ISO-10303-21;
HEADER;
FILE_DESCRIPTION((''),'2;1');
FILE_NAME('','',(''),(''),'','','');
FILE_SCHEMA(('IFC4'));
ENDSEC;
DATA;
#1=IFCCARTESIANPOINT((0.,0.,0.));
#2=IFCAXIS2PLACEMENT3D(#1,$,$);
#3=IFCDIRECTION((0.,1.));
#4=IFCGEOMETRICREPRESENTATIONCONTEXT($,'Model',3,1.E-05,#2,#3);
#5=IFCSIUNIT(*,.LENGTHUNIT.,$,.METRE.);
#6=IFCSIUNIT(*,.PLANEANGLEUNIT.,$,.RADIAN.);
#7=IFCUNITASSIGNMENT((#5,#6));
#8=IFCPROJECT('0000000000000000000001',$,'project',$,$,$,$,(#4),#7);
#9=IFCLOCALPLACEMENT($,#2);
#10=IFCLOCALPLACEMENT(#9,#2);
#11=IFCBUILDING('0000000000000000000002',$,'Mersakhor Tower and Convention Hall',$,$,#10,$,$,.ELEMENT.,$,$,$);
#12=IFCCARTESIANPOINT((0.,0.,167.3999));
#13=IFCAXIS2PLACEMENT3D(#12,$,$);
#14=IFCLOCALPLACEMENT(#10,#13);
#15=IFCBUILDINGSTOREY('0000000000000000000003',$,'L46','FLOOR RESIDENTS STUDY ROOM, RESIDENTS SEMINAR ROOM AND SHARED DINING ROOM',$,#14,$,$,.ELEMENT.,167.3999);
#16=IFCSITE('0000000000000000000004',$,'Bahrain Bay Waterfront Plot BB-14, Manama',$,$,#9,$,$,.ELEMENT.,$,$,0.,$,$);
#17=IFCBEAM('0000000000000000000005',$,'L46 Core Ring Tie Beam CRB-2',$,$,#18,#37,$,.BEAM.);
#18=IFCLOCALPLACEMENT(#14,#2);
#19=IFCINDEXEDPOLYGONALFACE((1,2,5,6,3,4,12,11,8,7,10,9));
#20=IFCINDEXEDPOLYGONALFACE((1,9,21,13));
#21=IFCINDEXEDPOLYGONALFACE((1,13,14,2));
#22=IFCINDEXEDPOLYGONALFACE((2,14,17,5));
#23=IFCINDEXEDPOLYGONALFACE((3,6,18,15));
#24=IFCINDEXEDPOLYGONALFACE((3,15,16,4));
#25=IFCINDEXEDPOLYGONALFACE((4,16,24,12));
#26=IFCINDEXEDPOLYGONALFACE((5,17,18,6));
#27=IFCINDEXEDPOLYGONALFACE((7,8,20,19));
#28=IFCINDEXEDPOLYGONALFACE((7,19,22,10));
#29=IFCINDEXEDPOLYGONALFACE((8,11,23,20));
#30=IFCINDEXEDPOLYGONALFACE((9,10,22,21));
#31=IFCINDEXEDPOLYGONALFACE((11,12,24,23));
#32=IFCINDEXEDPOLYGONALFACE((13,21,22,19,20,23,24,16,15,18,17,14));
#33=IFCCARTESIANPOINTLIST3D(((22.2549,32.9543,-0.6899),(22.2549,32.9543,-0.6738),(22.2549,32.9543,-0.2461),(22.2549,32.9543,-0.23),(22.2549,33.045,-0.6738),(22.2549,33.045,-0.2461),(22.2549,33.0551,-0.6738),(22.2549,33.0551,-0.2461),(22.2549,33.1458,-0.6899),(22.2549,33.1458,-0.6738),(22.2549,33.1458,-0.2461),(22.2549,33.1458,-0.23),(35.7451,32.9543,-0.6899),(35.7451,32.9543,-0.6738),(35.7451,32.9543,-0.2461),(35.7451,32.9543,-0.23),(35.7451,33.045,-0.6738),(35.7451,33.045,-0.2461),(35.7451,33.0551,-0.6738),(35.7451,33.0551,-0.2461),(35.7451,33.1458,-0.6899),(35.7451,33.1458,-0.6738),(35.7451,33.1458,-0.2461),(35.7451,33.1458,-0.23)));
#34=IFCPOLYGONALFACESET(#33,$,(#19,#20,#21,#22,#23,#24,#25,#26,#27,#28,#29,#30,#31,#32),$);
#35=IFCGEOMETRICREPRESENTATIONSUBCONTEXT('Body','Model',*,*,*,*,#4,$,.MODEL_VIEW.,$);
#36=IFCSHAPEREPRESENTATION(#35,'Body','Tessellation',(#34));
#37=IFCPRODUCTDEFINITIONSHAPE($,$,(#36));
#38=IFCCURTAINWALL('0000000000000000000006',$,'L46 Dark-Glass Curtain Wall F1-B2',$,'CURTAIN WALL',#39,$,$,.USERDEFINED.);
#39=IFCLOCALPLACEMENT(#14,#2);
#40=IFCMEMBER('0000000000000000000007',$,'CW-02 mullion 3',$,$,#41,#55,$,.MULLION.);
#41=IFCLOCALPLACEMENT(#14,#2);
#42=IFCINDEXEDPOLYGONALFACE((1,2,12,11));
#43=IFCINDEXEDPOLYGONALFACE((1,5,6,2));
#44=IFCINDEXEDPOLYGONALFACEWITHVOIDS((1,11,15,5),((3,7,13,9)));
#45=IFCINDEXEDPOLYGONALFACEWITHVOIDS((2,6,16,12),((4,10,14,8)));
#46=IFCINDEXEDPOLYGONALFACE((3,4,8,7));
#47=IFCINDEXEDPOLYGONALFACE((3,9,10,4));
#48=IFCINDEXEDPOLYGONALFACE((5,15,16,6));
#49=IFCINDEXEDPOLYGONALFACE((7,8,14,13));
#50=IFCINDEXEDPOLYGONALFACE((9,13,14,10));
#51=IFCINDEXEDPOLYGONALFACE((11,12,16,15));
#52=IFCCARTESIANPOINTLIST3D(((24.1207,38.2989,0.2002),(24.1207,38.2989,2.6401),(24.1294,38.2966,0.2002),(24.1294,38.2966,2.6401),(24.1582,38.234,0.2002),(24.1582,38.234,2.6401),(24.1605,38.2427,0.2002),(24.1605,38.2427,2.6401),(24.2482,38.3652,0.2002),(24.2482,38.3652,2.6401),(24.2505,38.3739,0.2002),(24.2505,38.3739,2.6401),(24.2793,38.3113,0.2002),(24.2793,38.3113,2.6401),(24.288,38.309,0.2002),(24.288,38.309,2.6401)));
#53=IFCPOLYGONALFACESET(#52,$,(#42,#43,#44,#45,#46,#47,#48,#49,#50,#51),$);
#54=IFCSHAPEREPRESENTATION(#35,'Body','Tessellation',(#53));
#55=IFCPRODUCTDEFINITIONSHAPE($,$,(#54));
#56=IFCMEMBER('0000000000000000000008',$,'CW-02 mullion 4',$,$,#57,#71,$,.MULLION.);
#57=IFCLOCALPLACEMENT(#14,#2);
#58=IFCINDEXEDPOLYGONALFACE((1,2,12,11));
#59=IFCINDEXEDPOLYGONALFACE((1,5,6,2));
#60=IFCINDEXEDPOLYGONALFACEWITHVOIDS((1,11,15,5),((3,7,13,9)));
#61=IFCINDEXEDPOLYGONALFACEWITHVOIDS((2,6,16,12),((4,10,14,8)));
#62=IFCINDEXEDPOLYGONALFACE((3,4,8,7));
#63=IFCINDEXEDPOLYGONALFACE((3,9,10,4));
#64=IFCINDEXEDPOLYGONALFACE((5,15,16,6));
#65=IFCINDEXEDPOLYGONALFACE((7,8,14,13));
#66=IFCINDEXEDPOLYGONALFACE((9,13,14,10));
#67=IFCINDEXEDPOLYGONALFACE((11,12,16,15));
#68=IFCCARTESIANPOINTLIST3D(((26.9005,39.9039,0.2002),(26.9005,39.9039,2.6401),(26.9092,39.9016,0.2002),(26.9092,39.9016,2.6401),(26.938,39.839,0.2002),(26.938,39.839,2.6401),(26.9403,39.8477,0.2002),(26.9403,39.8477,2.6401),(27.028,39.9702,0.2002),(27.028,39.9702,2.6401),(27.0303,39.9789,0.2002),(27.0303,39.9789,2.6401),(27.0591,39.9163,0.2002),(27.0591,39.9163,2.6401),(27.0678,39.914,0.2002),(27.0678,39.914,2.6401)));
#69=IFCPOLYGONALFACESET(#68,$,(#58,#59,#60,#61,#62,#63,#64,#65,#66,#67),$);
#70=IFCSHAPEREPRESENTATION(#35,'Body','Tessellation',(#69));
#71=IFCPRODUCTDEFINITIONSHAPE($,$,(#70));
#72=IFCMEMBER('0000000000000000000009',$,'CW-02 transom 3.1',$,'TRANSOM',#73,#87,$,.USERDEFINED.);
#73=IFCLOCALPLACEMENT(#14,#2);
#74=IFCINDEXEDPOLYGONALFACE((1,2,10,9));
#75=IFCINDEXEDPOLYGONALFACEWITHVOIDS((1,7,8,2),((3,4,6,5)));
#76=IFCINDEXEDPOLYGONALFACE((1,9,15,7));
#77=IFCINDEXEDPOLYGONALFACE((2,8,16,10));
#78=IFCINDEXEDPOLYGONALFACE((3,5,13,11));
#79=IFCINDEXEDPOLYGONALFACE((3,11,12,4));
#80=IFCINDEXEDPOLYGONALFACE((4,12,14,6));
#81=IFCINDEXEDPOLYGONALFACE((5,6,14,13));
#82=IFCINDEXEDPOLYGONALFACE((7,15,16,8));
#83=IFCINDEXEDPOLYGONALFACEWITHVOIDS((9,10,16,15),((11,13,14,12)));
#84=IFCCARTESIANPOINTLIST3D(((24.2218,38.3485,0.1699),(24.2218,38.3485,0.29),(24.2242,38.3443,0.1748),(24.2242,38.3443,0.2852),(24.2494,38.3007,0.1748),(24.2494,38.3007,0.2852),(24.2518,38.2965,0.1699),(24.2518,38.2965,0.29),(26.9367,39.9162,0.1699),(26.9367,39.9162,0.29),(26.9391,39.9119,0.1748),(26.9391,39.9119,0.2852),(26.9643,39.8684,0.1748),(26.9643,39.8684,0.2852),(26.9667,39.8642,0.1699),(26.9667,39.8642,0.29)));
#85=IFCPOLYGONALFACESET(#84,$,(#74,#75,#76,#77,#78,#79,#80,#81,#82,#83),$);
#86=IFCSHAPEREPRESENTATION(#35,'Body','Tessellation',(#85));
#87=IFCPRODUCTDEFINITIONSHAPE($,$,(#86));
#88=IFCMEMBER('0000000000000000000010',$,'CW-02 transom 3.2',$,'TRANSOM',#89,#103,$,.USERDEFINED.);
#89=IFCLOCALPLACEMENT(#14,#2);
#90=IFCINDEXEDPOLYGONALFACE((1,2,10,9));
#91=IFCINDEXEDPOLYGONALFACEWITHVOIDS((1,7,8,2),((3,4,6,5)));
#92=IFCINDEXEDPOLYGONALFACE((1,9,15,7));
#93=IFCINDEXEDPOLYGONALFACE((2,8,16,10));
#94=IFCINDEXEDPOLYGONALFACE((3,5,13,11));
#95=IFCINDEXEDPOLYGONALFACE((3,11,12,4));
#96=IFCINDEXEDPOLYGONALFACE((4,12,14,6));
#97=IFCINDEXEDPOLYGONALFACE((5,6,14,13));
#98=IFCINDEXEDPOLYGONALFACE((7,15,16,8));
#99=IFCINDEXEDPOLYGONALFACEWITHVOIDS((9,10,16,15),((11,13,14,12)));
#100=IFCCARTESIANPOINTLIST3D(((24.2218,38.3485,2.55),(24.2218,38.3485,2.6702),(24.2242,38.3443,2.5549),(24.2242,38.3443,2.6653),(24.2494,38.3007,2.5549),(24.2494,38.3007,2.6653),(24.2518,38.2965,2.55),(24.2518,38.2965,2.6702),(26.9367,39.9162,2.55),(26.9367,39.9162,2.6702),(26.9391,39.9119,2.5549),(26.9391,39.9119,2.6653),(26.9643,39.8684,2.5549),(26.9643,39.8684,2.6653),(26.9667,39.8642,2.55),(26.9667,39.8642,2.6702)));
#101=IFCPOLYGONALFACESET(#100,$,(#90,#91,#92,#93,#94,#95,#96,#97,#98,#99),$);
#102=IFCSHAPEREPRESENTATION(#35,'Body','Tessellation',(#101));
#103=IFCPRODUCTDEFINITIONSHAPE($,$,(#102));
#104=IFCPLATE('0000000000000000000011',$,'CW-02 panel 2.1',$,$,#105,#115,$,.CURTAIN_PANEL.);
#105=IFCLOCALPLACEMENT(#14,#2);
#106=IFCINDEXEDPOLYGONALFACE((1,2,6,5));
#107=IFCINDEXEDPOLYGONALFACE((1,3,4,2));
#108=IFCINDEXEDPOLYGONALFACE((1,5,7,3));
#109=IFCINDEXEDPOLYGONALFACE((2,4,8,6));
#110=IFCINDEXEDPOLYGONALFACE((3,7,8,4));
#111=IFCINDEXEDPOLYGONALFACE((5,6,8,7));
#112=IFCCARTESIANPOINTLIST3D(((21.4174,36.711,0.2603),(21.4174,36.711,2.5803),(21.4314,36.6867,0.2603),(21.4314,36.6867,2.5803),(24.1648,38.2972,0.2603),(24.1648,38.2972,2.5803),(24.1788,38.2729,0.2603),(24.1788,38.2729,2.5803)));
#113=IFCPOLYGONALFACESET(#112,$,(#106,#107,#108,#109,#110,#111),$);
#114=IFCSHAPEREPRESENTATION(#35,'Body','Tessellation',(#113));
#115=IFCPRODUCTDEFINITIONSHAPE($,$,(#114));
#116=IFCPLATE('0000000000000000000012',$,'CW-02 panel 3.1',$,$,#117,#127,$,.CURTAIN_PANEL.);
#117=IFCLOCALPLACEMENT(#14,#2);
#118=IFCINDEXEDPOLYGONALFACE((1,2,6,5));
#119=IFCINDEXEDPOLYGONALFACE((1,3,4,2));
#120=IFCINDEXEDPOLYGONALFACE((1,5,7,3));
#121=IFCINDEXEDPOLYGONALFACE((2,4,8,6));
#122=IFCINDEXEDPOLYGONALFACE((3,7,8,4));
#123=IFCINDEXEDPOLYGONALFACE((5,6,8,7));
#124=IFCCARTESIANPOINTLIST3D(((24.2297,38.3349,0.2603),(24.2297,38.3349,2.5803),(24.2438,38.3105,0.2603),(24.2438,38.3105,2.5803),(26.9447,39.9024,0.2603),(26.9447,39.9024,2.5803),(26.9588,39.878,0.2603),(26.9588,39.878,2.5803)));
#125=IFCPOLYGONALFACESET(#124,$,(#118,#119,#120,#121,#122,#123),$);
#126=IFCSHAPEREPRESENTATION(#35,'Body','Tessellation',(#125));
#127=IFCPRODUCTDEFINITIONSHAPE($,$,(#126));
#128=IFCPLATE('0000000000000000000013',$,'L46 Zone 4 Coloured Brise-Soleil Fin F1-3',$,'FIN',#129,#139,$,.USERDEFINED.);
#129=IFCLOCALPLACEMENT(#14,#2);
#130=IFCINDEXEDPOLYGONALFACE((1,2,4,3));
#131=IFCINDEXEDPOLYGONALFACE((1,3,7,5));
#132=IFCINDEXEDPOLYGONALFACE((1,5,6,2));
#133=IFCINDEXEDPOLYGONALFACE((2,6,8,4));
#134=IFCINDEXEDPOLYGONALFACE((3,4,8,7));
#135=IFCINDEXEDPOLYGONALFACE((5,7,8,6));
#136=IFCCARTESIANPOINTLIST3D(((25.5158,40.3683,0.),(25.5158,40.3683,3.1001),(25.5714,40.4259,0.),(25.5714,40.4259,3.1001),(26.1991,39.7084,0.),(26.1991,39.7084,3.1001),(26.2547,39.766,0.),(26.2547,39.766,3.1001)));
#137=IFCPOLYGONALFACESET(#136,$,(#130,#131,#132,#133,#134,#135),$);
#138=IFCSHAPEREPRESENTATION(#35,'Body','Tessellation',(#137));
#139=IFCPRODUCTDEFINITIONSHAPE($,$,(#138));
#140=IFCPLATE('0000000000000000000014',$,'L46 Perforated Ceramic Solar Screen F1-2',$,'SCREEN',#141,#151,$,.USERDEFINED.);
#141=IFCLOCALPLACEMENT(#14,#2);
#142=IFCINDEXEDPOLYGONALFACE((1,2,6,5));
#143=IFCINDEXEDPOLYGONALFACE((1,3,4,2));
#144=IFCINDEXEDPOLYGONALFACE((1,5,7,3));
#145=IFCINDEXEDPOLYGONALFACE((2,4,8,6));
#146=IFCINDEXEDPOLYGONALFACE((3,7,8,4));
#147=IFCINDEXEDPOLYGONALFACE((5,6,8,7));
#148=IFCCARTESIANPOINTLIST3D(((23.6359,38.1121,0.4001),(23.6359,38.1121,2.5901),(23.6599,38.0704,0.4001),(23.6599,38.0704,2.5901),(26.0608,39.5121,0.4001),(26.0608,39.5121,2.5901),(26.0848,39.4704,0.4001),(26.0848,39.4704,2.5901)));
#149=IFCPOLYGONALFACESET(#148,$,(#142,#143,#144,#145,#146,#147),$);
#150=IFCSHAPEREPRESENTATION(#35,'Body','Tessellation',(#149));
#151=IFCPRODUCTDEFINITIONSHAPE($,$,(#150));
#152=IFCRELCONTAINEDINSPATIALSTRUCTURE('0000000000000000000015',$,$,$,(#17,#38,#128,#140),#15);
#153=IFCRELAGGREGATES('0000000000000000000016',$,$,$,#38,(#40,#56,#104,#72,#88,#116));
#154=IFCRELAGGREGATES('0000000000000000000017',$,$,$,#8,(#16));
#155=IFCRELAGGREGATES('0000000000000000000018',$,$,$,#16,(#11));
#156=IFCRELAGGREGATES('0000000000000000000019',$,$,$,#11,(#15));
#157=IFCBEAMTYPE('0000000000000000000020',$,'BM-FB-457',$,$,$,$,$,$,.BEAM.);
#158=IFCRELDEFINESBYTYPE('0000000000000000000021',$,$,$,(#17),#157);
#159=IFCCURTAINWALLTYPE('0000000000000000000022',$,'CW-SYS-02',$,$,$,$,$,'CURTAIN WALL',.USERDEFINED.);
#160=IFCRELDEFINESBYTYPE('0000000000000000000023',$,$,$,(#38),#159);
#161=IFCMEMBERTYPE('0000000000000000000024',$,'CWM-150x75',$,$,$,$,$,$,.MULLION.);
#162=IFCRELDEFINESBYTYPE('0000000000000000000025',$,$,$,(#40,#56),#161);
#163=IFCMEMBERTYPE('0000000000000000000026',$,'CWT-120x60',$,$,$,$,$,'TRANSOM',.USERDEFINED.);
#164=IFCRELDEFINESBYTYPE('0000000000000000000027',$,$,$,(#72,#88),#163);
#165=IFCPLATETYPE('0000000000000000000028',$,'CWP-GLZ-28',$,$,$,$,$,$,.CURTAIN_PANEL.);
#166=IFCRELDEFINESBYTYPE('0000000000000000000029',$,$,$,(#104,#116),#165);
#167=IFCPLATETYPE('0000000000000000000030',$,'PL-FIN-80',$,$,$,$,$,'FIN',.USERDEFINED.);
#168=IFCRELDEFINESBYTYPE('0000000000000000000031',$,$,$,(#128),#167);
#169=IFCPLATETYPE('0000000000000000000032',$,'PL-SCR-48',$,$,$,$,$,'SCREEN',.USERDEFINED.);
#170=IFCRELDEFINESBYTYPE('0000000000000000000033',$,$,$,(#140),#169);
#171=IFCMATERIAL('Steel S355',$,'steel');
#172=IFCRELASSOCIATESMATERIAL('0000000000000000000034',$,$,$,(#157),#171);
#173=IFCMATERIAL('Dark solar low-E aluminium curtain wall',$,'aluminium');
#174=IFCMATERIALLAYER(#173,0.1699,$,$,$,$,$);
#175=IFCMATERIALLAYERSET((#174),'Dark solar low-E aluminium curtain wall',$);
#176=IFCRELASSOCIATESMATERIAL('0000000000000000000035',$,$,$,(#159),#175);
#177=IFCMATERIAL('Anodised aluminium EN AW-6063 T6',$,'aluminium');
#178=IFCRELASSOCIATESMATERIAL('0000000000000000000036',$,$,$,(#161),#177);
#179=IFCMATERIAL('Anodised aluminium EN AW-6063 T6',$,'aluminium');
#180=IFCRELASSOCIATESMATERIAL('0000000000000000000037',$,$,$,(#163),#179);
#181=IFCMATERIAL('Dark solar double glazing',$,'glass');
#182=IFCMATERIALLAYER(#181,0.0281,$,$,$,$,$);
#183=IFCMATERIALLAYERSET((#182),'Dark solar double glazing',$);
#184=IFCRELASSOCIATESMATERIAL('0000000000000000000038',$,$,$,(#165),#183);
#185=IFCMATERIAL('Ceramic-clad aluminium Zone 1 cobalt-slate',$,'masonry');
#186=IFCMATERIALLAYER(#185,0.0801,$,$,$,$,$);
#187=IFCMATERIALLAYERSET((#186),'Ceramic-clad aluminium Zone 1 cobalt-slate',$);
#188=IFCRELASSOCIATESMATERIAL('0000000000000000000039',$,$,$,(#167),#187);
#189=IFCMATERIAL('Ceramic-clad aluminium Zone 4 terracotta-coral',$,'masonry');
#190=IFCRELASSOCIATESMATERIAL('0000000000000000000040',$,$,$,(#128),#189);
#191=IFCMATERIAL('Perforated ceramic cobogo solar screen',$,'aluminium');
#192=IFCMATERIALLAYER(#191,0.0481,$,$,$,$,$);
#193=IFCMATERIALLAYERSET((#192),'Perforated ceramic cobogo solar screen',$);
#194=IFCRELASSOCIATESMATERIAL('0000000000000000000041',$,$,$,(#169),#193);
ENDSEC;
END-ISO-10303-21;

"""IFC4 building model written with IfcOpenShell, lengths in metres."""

from ifc_helpers import new_model, si_unit, direction, frame, origin, origin_2d, place, context, subcontext, project, spatial, rectangle, hollow_rectangle, i_section, extrude, material, layer, layer_set, material_profile, profile_set, type_object, element, aggregate, save


model = new_model("IFC4")

# Units and contexts
model_context = context("Model", 3, precision=1e-05, world=origin(), true_north=direction((0.0, 1.0)))
body_context = subcontext(model_context, "Body", "Model", "MODEL_VIEW")
ifc_project = project(units=[si_unit("LENGTHUNIT", "METRE"), si_unit("PLANEANGLEUNIT", "RADIAN")], contexts=[model_context])

# Site, building, storey
site_placement = place(None, origin())
site = spatial("IfcSite", under=ifc_project, at=site_placement, Name="Bahrain Bay Waterfront Plot BB-14, Manama", CompositionType="ELEMENT", RefElevation=0.0)
building_placement = place(site_placement, origin())
building = spatial("IfcBuilding", under=site, at=building_placement, Name="Mersakhor Tower and Convention Hall", CompositionType="ELEMENT")
storey_placement = place(building_placement, frame((0.0, 0.0, 167.3999)))
storey = spatial("IfcBuildingStorey", under=building, at=storey_placement, Name="L46", Description="FLOOR RESIDENTS STUDY ROOM, RESIDENTS SEMINAR ROOM AND SHARED DINING ROOM", CompositionType="ELEMENT", Elevation=167.3999)

# Beam
ifc_material_1 = material(Name="Steel S355", Category="steel")
ifc_material_profile_1 = material_profile(ifc_material_1, i_section(OverallWidth=0.1914, OverallDepth=0.46, WebThickness=0.01, FlangeThickness=0.0161, at=origin_2d()), Name="UB 457x191x82")
ifc_profile_set_1 = profile_set([ifc_material_profile_1], Name="Steel S355")
beam_type = type_object("IfcBeamType", Name="BM-FB-457", PredefinedType="BEAM", material=ifc_profile_set_1)
beam_placement = place(storey_placement, frame((22.2549, 33.05, -0.46), z_axis=(1.0, 0.0, 0.0), x_axis=(0.0, 1.0, 0.0)))
element("IfcBeam", 1, at=beam_placement, inside=storey, type_object=beam_type, Name="L46 Core Ring Tie Beam CRB-2", PredefinedType="BEAM", context=body_context, shape_type="SweptSolid", body=[
    extrude(i_section(OverallWidth=0.1914, OverallDepth=0.46, WebThickness=0.01, FlangeThickness=0.0161, at=origin_2d()), origin(), (0.0, 0.0, 1.0), 13.4902),
])

# Curtain wall, members, plates
ifc_material_2 = material(Name="Dark solar low-E aluminium curtain wall", Category="aluminium")
ifc_layer_1 = layer(ifc_material_2, 0.1699)
ifc_layer_set_1 = layer_set([ifc_layer_1], Name="Dark solar low-E aluminium curtain wall")
curtain_wall_type = type_object("IfcCurtainWallType", Name="CW-SYS-02", ElementType="CURTAIN WALL", PredefinedType="USERDEFINED", material=ifc_layer_set_1)
curtain_wall_placement = place(storey_placement, origin())
curtain_wall = element("IfcCurtainWall", 2, at=curtain_wall_placement, inside=storey, type_object=curtain_wall_type, Name="L46 Dark-Glass Curtain Wall F1-B2", ObjectType="CURTAIN WALL", PredefinedType="USERDEFINED")
ifc_material_3 = material(Name="Anodised aluminium EN AW-6063 T6", Category="aluminium")
ifc_material_profile_2 = material_profile(ifc_material_3, hollow_rectangle(XDim=0.075, YDim=0.1499, WallThickness=0.0063, at=origin_2d()), Name="RHS 150x75x6.3")
ifc_profile_set_2 = profile_set([ifc_material_profile_2], Name="Anodised aluminium EN AW-6063 T6")
member_type_1 = type_object("IfcMemberType", Name="CWM-150x75", PredefinedType="MULLION", material=ifc_profile_set_2)
member_1_placement = place(storey_placement, frame((24.2043, 38.304, 0.2002), z_axis=(0.0, 0.0, 1.0), x_axis=(-0.499998, 0.866026, 0.0)))
member_1 = element("IfcMember", 3, at=member_1_placement, type_object=member_type_1, Name="CW-02 mullion 3", PredefinedType="MULLION", context=body_context, shape_type="SweptSolid", body=[
    extrude(hollow_rectangle(XDim=0.075, YDim=0.1499, WallThickness=0.0063, at=origin_2d()), origin(), (0.0, 0.0, 1.0), 2.4399),
])
member_2_placement = place(storey_placement, frame((26.9841, 39.9089, 0.2002), z_axis=(0.0, 0.0, 1.0), x_axis=(-0.499998, 0.866026, 0.0)))
member_2 = element("IfcMember", 4, at=member_2_placement, type_object=member_type_1, Name="CW-02 mullion 4", PredefinedType="MULLION", context=body_context, shape_type="SweptSolid", body=[
    extrude(hollow_rectangle(XDim=0.075, YDim=0.1499, WallThickness=0.0063, at=origin_2d()), origin(), (0.0, 0.0, 1.0), 2.4399),
])
ifc_material_4 = material(Name="Anodised aluminium EN AW-6063 T6", Category="aluminium")
ifc_material_profile_3 = material_profile(ifc_material_4, hollow_rectangle(XDim=0.0601, YDim=0.1201, WallThickness=0.0049, at=origin_2d()), Name="RHS 120x60x5")
ifc_profile_set_3 = profile_set([ifc_material_profile_3], Name="Anodised aluminium EN AW-6063 T6")
member_type_2 = type_object("IfcMemberType", Name="CWT-120x60", ElementType="TRANSOM", PredefinedType="USERDEFINED", material=ifc_profile_set_3)
member_3_placement = place(storey_placement, frame((24.2368, 38.3225, 0.23), z_axis=(0.865996, 0.500051, 0.0), x_axis=(-0.500051, 0.865996, 0.0)))
member_3 = element("IfcMember", 5, at=member_3_placement, type_object=member_type_2, Name="CW-02 transom 3.1", ObjectType="TRANSOM", PredefinedType="USERDEFINED", context=body_context, shape_type="SweptSolid", body=[
    extrude(hollow_rectangle(XDim=0.0601, YDim=0.1201, WallThickness=0.0049, at=origin_2d()), origin(), (0.0, 0.0, 1.0), 3.135),
])
member_4_placement = place(storey_placement, frame((24.2368, 38.3225, 2.6101), z_axis=(0.865996, 0.500051, 0.0), x_axis=(-0.500051, 0.865996, 0.0)))
member_4 = element("IfcMember", 6, at=member_4_placement, type_object=member_type_2, Name="CW-02 transom 3.2", ObjectType="TRANSOM", PredefinedType="USERDEFINED", context=body_context, shape_type="SweptSolid", body=[
    extrude(hollow_rectangle(XDim=0.0601, YDim=0.1201, WallThickness=0.0049, at=origin_2d()), origin(), (0.0, 0.0, 1.0), 3.135),
])
ifc_material_5 = material(Name="Dark solar double glazing", Category="glass")
ifc_layer_2 = layer(ifc_material_5, 0.0281)
ifc_layer_set_2 = layer_set([ifc_layer_2], Name="Dark solar double glazing")
plate_type_1 = type_object("IfcPlateType", Name="CWP-GLZ-28", PredefinedType="CURTAIN_PANEL", material=ifc_layer_set_2)
plate_1_placement = place(storey_placement, frame((22.7981, 37.4919, 0.2603), z_axis=(0.0, 0.0, 1.0), x_axis=(0.866026, 0.499998, 0.0)))
plate_1 = element("IfcPlate", 7, at=plate_1_placement, type_object=plate_type_1, Name="CW-02 panel 2.1", PredefinedType="CURTAIN_PANEL", context=body_context, shape_type="SweptSolid", body=[
    extrude(rectangle(XDim=3.1724, YDim=0.0281, at=origin_2d()), origin(), (0.0, 0.0, 1.0), 2.3201),
])
plate_2_placement = place(storey_placement, frame((25.5942, 39.1064, 0.2603), z_axis=(0.0, 0.0, 1.0), x_axis=(0.866026, 0.499998, 0.0)))
plate_2 = element("IfcPlate", 8, at=plate_2_placement, type_object=plate_type_1, Name="CW-02 panel 3.1", PredefinedType="CURTAIN_PANEL", context=body_context, shape_type="SweptSolid", body=[
    extrude(rectangle(XDim=3.135, YDim=0.0281, at=origin_2d()), origin(), (0.0, 0.0, 1.0), 2.3201),
])
aggregate(curtain_wall, [member_1, member_2, plate_1, member_3, member_4, plate_2])

# Plates
ifc_material_6 = material(Name="Ceramic-clad aluminium Zone 4 terracotta-coral", Category="masonry")
ifc_material_7 = material(Name="Ceramic-clad aluminium Zone 1 cobalt-slate", Category="masonry")
ifc_layer_3 = layer(ifc_material_7, 0.0801)
ifc_layer_set_3 = layer_set([ifc_layer_3], Name="Ceramic-clad aluminium Zone 1 cobalt-slate")
plate_type_2 = type_object("IfcPlateType", Name="PL-FIN-80", ElementType="FIN", PredefinedType="USERDEFINED", material=ifc_layer_set_3)
plate_3_placement = place(storey_placement, frame((25.8853, 40.0671, 0.0), z_axis=(0.0, 0.0, 1.0), x_axis=(-0.71934, 0.694658, 0.0)))
element("IfcPlate", 9, at=plate_3_placement, inside=storey, type_object=plate_type_2, material=ifc_material_6, Name="L46 Zone 4 Coloured Brise-Soleil Fin F1-3", ObjectType="FIN", PredefinedType="USERDEFINED", context=body_context, shape_type="SweptSolid", body=[
    extrude(rectangle(XDim=0.95, YDim=0.0801, at=origin_2d()), origin(), (0.0, 0.0, 1.0), 3.1001),
])
ifc_material_8 = material(Name="Perforated ceramic cobogo solar screen", Category="aluminium")
ifc_layer_4 = layer(ifc_material_8, 0.0481)
ifc_layer_set_4 = layer_set([ifc_layer_4], Name="Perforated ceramic cobogo solar screen")
plate_type_3 = type_object("IfcPlateType", Name="PL-SCR-48", ElementType="SCREEN", PredefinedType="USERDEFINED", material=ifc_layer_set_4)
plate_4_placement = place(storey_placement, frame((24.8604, 38.7913, 0.4001), z_axis=(0.0, 0.0, 1.0), x_axis=(0.866025, 0.5, 0.0)))
element("IfcPlate", 10, at=plate_4_placement, inside=storey, type_object=plate_type_3, Name="L46 Perforated Ceramic Solar Screen F1-2", ObjectType="SCREEN", PredefinedType="USERDEFINED", context=body_context, shape_type="SweptSolid", body=[
    extrude(rectangle(XDim=2.8, YDim=0.0481, at=origin_2d()), origin(), (0.0, 0.0, 1.0), 2.1899),
])

save(model, "model.ifc")
